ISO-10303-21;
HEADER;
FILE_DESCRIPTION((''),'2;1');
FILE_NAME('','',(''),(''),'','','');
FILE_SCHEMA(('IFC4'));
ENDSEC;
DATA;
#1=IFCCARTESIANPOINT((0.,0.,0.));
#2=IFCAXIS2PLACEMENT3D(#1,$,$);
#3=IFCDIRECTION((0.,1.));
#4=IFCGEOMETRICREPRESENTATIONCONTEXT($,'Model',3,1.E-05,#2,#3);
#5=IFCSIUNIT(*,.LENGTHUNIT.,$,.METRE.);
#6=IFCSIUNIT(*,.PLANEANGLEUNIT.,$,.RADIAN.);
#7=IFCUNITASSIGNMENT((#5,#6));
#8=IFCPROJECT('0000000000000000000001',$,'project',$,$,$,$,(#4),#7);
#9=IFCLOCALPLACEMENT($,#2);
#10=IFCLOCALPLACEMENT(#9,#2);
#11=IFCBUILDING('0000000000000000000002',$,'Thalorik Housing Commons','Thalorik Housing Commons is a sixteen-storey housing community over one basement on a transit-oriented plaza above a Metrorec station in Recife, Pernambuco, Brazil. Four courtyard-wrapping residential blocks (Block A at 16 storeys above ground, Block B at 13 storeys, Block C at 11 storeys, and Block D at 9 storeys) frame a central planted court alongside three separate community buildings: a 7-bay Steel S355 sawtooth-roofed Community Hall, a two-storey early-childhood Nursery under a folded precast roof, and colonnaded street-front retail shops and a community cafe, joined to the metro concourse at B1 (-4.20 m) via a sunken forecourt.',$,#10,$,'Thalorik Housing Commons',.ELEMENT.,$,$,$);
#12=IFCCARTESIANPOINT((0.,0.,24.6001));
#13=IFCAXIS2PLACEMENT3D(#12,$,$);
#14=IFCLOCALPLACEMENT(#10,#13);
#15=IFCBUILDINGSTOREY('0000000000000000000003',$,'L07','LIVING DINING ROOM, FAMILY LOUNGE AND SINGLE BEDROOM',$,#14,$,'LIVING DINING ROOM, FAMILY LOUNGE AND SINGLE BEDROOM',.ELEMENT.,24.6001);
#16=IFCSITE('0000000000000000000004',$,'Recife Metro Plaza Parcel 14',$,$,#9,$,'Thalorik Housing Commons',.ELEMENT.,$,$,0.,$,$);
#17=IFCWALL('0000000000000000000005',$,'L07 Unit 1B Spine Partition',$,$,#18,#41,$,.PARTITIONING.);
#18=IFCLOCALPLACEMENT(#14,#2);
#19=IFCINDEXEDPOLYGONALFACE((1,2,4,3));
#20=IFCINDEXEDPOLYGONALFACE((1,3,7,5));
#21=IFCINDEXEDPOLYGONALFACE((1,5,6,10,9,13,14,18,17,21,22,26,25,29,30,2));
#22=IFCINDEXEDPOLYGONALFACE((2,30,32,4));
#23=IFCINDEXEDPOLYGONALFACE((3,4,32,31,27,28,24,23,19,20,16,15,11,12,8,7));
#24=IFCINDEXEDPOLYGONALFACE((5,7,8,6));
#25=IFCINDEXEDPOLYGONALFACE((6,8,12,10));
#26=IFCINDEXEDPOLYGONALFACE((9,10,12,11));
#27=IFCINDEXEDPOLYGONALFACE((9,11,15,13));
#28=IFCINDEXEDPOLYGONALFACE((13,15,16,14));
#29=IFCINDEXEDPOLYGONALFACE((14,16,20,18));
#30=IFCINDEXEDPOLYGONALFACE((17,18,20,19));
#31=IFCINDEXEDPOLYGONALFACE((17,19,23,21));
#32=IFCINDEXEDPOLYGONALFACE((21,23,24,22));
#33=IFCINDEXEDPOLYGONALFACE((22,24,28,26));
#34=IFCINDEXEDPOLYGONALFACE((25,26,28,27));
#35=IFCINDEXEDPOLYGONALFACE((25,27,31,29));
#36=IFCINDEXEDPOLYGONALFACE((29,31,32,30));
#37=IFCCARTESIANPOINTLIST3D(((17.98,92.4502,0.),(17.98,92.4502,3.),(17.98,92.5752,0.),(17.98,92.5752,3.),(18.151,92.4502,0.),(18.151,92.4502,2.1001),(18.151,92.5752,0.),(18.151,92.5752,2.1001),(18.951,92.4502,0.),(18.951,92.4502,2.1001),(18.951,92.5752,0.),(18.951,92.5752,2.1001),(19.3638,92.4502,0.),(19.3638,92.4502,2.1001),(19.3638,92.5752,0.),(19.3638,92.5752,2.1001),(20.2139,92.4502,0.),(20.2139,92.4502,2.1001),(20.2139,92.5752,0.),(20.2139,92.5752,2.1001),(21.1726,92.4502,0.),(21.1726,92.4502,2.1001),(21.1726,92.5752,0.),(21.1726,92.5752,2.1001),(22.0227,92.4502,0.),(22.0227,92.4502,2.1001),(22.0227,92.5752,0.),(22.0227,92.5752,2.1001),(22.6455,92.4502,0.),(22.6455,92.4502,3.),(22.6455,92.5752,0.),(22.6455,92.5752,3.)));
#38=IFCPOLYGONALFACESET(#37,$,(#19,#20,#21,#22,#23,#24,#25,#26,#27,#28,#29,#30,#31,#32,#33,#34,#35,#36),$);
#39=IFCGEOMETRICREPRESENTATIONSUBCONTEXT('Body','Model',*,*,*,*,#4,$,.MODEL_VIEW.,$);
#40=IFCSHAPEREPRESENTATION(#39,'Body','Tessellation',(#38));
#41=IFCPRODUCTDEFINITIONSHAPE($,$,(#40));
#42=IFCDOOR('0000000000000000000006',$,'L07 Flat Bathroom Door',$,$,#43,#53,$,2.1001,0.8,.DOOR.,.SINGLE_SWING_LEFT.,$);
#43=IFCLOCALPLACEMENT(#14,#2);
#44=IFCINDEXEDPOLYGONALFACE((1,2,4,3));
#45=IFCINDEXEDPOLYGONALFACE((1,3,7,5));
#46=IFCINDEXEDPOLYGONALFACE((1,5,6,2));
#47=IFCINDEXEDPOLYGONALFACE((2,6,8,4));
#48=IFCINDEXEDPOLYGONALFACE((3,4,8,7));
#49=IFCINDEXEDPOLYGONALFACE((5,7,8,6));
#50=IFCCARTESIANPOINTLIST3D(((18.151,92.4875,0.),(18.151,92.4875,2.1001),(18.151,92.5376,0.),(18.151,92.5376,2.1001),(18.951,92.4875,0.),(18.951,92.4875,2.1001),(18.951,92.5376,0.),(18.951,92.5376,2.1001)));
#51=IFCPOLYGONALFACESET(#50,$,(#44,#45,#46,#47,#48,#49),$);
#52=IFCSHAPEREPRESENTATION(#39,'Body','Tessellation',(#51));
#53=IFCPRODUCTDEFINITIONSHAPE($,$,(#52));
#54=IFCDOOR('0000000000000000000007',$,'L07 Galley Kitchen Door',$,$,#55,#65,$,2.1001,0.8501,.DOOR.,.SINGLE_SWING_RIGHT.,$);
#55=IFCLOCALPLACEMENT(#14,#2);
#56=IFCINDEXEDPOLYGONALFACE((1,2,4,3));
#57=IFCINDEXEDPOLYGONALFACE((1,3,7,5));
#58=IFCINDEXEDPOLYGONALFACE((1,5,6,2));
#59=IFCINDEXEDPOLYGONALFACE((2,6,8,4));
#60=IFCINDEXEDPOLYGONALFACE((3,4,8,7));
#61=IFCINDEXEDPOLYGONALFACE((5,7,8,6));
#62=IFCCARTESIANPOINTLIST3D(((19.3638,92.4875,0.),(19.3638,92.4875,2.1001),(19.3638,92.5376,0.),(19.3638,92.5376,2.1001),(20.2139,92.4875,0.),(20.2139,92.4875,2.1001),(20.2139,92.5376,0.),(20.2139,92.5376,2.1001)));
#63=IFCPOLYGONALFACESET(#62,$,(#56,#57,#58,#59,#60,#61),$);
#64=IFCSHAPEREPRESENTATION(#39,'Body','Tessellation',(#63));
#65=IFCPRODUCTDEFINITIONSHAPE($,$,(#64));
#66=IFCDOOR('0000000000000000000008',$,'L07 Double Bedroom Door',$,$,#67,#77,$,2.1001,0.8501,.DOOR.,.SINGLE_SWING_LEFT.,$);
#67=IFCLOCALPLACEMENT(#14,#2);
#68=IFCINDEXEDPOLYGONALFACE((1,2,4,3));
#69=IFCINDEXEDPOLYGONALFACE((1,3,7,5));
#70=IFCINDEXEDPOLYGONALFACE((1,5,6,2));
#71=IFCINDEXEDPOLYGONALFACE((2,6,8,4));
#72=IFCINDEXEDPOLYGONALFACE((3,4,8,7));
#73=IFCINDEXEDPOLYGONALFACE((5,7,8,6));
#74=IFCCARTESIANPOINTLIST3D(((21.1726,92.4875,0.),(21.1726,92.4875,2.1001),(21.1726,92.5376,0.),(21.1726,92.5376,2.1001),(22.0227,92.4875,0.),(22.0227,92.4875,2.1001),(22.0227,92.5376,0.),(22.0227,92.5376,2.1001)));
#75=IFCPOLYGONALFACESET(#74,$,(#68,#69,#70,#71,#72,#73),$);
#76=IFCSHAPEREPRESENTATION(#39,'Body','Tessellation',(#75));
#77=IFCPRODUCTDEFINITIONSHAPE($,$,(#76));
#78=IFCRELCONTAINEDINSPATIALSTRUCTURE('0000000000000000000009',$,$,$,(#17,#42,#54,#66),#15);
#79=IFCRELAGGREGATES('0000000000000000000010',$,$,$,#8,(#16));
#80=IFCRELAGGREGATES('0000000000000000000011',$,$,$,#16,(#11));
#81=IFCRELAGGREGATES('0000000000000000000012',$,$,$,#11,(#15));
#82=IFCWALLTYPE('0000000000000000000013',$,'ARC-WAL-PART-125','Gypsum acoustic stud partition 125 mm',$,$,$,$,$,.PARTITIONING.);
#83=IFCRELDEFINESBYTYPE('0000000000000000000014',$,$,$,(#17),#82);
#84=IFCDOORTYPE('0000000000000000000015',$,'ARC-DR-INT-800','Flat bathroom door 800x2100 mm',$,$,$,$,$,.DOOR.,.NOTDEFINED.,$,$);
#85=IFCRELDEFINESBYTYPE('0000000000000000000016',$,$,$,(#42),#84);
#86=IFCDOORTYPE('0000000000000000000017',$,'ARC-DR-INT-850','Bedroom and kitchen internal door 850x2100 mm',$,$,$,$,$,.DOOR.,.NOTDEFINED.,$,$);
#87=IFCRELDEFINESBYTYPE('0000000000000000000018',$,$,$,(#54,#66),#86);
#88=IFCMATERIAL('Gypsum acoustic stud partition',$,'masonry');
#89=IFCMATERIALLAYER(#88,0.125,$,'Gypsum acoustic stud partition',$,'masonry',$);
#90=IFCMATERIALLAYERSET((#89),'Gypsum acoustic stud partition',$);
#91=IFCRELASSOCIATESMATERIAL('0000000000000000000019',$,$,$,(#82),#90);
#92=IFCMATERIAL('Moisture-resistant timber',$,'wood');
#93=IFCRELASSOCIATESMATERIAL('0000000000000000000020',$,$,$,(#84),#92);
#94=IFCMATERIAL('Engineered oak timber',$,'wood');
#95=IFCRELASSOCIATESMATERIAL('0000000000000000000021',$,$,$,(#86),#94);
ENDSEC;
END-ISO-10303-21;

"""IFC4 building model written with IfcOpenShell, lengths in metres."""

from ifc_helpers import new_model, si_unit, direction, frame, frame_2d, origin, place, context, subcontext, project, spatial, rectangle, extrude, material, layer, layer_set, type_object, element, fill, save


model = new_model("IFC4")

# Units and contexts
model_context = context("Model", 3, precision=1e-05, world=origin(), true_north=direction((0.0, 1.0)))
body_context = subcontext(model_context, "Body", "Model", "MODEL_VIEW")
ifc_project = project(units=[si_unit("LENGTHUNIT", "METRE"), si_unit("PLANEANGLEUNIT", "RADIAN")], contexts=[model_context])

# Site, building, storey
site_placement = place(None, origin())
site = spatial("IfcSite", under=ifc_project, at=site_placement, Name="Recife Metro Plaza Parcel 14", LongName="Thalorik Housing Commons", CompositionType="ELEMENT", RefElevation=0.0)
building_placement = place(site_placement, origin())
building = spatial("IfcBuilding", under=site, at=building_placement, Name="Thalorik Housing Commons", Description="Thalorik Housing Commons is a sixteen-storey housing community over one basement on a transit-oriented plaza above a Metrorec station in Recife, Pernambuco, Brazil. Four courtyard-wrapping residential blocks (Block A at 16 storeys above ground, Block B at 13 storeys, Block C at 11 storeys, and Block D at 9 storeys) frame a central planted court alongside three separate community buildings: a 7-bay Steel S355 sawtooth-roofed Community Hall, a two-storey early-childhood Nursery under a folded precast roof, and colonnaded street-front retail shops and a community cafe, joined to the metro concourse at B1 (-4.20 m) via a sunken forecourt.", LongName="Thalorik Housing Commons", CompositionType="ELEMENT")
storey_placement = place(building_placement, frame((0.0, 0.0, 24.6001)))
storey = spatial("IfcBuildingStorey", under=building, at=storey_placement, Name="L07", Description="LIVING DINING ROOM, FAMILY LOUNGE AND SINGLE BEDROOM", LongName="LIVING DINING ROOM, FAMILY LOUNGE AND SINGLE BEDROOM", CompositionType="ELEMENT", Elevation=24.6001)

# Wall, openings, doors
ifc_material_1 = material(Name="Gypsum acoustic stud partition", Category="masonry")
ifc_layer_1 = layer(ifc_material_1, 0.125, Name="Gypsum acoustic stud partition", Category="masonry")
ifc_layer_set_1 = layer_set([ifc_layer_1], Name="Gypsum acoustic stud partition")
wall_type_1 = type_object("IfcWallType", Name="ARC-WAL-PART-125", Description="Gypsum acoustic stud partition 125 mm", PredefinedType="PARTITIONING", material=ifc_layer_set_1)
wall_1_placement = place(storey_placement, frame((17.98, 92.5127, 0.0), z_axis=(0.0, 0.0, 1.0), x_axis=(1.0, 0.0, 0.0)))
wall_1 = element("IfcWall", 1, at=wall_1_placement, inside=storey, type_object=wall_type_1, Name="L07 Unit 1B Spine Partition", PredefinedType="PARTITIONING", context=body_context, shape_type="SweptSolid", body=[
    extrude(rectangle(XDim=4.6655, YDim=0.125, at=frame_2d((2.3328, 0.0))), origin(), (0.0, 0.0, 1.0), 3.0),
])
opening_1_placement = place(wall_1_placement, frame((0.1711, 0.0, 0.0)))
opening_1 = element("IfcOpeningElement", 2, at=opening_1_placement, cuts=wall_1, PredefinedType="OPENING", context=body_context, shape_type="SweptSolid", body=[
    extrude(rectangle(XDim=0.8, YDim=2.1001, at=frame_2d((0.3999, 1.05))), frame((0.0, 0.0725, 0.0), z_axis=(0.0, -1.0, 0.0), x_axis=(1.0, 0.0, 0.0)), (0.0, 0.0, 1.0), 0.145),
])
opening_2_placement = place(wall_1_placement, frame((1.3838, 0.0, 0.0)))
opening_2 = element("IfcOpeningElement", 3, at=opening_2_placement, cuts=wall_1, PredefinedType="OPENING", context=body_context, shape_type="SweptSolid", body=[
    extrude(rectangle(XDim=0.8501, YDim=2.1001, at=frame_2d((0.425, 1.05))), frame((0.0, 0.0725, 0.0), z_axis=(0.0, -1.0, 0.0), x_axis=(1.0, 0.0, 0.0)), (0.0, 0.0, 1.0), 0.145),
])
opening_3_placement = place(wall_1_placement, frame((3.1926, 0.0, 0.0)))
opening_3 = element("IfcOpeningElement", 4, at=opening_3_placement, cuts=wall_1, PredefinedType="OPENING", context=body_context, shape_type="SweptSolid", body=[
    extrude(rectangle(XDim=0.8501, YDim=2.1001, at=frame_2d((0.425, 1.05))), frame((0.0, 0.0725, 0.0), z_axis=(0.0, -1.0, 0.0), x_axis=(1.0, 0.0, 0.0)), (0.0, 0.0, 1.0), 0.145),
])
ifc_material_2 = material(Name="Moisture-resistant timber", Category="wood")
door_type_1 = type_object("IfcDoorType", Name="ARC-DR-INT-800", Description="Flat bathroom door 800x2100 mm", OperationType="NOTDEFINED", PredefinedType="DOOR", material=ifc_material_2)
door_1_placement = place(opening_1_placement, origin())
door_1 = element("IfcDoor", 5, at=door_1_placement, inside=storey, type_object=door_type_1, Name="L07 Flat Bathroom Door", OperationType="SINGLE_SWING_LEFT", OverallHeight=2.1001, OverallWidth=0.8, PredefinedType="DOOR", context=body_context, shape_type="SweptSolid", body=[
    extrude(rectangle(XDim=0.8, YDim=2.1001, at=frame_2d((0.3999, 1.05))), frame((0.0, 0.0249, 0.0), z_axis=(0.0, -1.0, 0.0), x_axis=(1.0, 0.0, 0.0)), (0.0, 0.0, 1.0), 0.05),
])
fill(opening_1, door_1)
ifc_material_3 = material(Name="Engineered oak timber", Category="wood")
door_type_2 = type_object("IfcDoorType", Name="ARC-DR-INT-850", Description="Bedroom and kitchen internal door 850x2100 mm", OperationType="NOTDEFINED", PredefinedType="DOOR", material=ifc_material_3)
door_2_placement = place(opening_2_placement, origin())
door_2 = element("IfcDoor", 6, at=door_2_placement, inside=storey, type_object=door_type_2, Name="L07 Galley Kitchen Door", OperationType="SINGLE_SWING_RIGHT", OverallHeight=2.1001, OverallWidth=0.8501, PredefinedType="DOOR", context=body_context, shape_type="SweptSolid", body=[
    extrude(rectangle(XDim=0.8501, YDim=2.1001, at=frame_2d((0.425, 1.05))), frame((0.0, 0.0249, 0.0), z_axis=(0.0, -1.0, 0.0), x_axis=(1.0, 0.0, 0.0)), (0.0, 0.0, 1.0), 0.05),
])
fill(opening_2, door_2)
door_3_placement = place(opening_3_placement, origin())
door_3 = element("IfcDoor", 7, at=door_3_placement, inside=storey, type_object=door_type_2, Name="L07 Double Bedroom Door", OperationType="SINGLE_SWING_LEFT", OverallHeight=2.1001, OverallWidth=0.8501, PredefinedType="DOOR", context=body_context, shape_type="SweptSolid", body=[
    extrude(rectangle(XDim=0.8501, YDim=2.1001, at=frame_2d((0.425, 1.05))), frame((0.0, 0.0249, 0.0), z_axis=(0.0, -1.0, 0.0), x_axis=(1.0, 0.0, 0.0)), (0.0, 0.0, 1.0), 0.05),
])
fill(opening_3, door_3)

save(model, "model.ifc")
